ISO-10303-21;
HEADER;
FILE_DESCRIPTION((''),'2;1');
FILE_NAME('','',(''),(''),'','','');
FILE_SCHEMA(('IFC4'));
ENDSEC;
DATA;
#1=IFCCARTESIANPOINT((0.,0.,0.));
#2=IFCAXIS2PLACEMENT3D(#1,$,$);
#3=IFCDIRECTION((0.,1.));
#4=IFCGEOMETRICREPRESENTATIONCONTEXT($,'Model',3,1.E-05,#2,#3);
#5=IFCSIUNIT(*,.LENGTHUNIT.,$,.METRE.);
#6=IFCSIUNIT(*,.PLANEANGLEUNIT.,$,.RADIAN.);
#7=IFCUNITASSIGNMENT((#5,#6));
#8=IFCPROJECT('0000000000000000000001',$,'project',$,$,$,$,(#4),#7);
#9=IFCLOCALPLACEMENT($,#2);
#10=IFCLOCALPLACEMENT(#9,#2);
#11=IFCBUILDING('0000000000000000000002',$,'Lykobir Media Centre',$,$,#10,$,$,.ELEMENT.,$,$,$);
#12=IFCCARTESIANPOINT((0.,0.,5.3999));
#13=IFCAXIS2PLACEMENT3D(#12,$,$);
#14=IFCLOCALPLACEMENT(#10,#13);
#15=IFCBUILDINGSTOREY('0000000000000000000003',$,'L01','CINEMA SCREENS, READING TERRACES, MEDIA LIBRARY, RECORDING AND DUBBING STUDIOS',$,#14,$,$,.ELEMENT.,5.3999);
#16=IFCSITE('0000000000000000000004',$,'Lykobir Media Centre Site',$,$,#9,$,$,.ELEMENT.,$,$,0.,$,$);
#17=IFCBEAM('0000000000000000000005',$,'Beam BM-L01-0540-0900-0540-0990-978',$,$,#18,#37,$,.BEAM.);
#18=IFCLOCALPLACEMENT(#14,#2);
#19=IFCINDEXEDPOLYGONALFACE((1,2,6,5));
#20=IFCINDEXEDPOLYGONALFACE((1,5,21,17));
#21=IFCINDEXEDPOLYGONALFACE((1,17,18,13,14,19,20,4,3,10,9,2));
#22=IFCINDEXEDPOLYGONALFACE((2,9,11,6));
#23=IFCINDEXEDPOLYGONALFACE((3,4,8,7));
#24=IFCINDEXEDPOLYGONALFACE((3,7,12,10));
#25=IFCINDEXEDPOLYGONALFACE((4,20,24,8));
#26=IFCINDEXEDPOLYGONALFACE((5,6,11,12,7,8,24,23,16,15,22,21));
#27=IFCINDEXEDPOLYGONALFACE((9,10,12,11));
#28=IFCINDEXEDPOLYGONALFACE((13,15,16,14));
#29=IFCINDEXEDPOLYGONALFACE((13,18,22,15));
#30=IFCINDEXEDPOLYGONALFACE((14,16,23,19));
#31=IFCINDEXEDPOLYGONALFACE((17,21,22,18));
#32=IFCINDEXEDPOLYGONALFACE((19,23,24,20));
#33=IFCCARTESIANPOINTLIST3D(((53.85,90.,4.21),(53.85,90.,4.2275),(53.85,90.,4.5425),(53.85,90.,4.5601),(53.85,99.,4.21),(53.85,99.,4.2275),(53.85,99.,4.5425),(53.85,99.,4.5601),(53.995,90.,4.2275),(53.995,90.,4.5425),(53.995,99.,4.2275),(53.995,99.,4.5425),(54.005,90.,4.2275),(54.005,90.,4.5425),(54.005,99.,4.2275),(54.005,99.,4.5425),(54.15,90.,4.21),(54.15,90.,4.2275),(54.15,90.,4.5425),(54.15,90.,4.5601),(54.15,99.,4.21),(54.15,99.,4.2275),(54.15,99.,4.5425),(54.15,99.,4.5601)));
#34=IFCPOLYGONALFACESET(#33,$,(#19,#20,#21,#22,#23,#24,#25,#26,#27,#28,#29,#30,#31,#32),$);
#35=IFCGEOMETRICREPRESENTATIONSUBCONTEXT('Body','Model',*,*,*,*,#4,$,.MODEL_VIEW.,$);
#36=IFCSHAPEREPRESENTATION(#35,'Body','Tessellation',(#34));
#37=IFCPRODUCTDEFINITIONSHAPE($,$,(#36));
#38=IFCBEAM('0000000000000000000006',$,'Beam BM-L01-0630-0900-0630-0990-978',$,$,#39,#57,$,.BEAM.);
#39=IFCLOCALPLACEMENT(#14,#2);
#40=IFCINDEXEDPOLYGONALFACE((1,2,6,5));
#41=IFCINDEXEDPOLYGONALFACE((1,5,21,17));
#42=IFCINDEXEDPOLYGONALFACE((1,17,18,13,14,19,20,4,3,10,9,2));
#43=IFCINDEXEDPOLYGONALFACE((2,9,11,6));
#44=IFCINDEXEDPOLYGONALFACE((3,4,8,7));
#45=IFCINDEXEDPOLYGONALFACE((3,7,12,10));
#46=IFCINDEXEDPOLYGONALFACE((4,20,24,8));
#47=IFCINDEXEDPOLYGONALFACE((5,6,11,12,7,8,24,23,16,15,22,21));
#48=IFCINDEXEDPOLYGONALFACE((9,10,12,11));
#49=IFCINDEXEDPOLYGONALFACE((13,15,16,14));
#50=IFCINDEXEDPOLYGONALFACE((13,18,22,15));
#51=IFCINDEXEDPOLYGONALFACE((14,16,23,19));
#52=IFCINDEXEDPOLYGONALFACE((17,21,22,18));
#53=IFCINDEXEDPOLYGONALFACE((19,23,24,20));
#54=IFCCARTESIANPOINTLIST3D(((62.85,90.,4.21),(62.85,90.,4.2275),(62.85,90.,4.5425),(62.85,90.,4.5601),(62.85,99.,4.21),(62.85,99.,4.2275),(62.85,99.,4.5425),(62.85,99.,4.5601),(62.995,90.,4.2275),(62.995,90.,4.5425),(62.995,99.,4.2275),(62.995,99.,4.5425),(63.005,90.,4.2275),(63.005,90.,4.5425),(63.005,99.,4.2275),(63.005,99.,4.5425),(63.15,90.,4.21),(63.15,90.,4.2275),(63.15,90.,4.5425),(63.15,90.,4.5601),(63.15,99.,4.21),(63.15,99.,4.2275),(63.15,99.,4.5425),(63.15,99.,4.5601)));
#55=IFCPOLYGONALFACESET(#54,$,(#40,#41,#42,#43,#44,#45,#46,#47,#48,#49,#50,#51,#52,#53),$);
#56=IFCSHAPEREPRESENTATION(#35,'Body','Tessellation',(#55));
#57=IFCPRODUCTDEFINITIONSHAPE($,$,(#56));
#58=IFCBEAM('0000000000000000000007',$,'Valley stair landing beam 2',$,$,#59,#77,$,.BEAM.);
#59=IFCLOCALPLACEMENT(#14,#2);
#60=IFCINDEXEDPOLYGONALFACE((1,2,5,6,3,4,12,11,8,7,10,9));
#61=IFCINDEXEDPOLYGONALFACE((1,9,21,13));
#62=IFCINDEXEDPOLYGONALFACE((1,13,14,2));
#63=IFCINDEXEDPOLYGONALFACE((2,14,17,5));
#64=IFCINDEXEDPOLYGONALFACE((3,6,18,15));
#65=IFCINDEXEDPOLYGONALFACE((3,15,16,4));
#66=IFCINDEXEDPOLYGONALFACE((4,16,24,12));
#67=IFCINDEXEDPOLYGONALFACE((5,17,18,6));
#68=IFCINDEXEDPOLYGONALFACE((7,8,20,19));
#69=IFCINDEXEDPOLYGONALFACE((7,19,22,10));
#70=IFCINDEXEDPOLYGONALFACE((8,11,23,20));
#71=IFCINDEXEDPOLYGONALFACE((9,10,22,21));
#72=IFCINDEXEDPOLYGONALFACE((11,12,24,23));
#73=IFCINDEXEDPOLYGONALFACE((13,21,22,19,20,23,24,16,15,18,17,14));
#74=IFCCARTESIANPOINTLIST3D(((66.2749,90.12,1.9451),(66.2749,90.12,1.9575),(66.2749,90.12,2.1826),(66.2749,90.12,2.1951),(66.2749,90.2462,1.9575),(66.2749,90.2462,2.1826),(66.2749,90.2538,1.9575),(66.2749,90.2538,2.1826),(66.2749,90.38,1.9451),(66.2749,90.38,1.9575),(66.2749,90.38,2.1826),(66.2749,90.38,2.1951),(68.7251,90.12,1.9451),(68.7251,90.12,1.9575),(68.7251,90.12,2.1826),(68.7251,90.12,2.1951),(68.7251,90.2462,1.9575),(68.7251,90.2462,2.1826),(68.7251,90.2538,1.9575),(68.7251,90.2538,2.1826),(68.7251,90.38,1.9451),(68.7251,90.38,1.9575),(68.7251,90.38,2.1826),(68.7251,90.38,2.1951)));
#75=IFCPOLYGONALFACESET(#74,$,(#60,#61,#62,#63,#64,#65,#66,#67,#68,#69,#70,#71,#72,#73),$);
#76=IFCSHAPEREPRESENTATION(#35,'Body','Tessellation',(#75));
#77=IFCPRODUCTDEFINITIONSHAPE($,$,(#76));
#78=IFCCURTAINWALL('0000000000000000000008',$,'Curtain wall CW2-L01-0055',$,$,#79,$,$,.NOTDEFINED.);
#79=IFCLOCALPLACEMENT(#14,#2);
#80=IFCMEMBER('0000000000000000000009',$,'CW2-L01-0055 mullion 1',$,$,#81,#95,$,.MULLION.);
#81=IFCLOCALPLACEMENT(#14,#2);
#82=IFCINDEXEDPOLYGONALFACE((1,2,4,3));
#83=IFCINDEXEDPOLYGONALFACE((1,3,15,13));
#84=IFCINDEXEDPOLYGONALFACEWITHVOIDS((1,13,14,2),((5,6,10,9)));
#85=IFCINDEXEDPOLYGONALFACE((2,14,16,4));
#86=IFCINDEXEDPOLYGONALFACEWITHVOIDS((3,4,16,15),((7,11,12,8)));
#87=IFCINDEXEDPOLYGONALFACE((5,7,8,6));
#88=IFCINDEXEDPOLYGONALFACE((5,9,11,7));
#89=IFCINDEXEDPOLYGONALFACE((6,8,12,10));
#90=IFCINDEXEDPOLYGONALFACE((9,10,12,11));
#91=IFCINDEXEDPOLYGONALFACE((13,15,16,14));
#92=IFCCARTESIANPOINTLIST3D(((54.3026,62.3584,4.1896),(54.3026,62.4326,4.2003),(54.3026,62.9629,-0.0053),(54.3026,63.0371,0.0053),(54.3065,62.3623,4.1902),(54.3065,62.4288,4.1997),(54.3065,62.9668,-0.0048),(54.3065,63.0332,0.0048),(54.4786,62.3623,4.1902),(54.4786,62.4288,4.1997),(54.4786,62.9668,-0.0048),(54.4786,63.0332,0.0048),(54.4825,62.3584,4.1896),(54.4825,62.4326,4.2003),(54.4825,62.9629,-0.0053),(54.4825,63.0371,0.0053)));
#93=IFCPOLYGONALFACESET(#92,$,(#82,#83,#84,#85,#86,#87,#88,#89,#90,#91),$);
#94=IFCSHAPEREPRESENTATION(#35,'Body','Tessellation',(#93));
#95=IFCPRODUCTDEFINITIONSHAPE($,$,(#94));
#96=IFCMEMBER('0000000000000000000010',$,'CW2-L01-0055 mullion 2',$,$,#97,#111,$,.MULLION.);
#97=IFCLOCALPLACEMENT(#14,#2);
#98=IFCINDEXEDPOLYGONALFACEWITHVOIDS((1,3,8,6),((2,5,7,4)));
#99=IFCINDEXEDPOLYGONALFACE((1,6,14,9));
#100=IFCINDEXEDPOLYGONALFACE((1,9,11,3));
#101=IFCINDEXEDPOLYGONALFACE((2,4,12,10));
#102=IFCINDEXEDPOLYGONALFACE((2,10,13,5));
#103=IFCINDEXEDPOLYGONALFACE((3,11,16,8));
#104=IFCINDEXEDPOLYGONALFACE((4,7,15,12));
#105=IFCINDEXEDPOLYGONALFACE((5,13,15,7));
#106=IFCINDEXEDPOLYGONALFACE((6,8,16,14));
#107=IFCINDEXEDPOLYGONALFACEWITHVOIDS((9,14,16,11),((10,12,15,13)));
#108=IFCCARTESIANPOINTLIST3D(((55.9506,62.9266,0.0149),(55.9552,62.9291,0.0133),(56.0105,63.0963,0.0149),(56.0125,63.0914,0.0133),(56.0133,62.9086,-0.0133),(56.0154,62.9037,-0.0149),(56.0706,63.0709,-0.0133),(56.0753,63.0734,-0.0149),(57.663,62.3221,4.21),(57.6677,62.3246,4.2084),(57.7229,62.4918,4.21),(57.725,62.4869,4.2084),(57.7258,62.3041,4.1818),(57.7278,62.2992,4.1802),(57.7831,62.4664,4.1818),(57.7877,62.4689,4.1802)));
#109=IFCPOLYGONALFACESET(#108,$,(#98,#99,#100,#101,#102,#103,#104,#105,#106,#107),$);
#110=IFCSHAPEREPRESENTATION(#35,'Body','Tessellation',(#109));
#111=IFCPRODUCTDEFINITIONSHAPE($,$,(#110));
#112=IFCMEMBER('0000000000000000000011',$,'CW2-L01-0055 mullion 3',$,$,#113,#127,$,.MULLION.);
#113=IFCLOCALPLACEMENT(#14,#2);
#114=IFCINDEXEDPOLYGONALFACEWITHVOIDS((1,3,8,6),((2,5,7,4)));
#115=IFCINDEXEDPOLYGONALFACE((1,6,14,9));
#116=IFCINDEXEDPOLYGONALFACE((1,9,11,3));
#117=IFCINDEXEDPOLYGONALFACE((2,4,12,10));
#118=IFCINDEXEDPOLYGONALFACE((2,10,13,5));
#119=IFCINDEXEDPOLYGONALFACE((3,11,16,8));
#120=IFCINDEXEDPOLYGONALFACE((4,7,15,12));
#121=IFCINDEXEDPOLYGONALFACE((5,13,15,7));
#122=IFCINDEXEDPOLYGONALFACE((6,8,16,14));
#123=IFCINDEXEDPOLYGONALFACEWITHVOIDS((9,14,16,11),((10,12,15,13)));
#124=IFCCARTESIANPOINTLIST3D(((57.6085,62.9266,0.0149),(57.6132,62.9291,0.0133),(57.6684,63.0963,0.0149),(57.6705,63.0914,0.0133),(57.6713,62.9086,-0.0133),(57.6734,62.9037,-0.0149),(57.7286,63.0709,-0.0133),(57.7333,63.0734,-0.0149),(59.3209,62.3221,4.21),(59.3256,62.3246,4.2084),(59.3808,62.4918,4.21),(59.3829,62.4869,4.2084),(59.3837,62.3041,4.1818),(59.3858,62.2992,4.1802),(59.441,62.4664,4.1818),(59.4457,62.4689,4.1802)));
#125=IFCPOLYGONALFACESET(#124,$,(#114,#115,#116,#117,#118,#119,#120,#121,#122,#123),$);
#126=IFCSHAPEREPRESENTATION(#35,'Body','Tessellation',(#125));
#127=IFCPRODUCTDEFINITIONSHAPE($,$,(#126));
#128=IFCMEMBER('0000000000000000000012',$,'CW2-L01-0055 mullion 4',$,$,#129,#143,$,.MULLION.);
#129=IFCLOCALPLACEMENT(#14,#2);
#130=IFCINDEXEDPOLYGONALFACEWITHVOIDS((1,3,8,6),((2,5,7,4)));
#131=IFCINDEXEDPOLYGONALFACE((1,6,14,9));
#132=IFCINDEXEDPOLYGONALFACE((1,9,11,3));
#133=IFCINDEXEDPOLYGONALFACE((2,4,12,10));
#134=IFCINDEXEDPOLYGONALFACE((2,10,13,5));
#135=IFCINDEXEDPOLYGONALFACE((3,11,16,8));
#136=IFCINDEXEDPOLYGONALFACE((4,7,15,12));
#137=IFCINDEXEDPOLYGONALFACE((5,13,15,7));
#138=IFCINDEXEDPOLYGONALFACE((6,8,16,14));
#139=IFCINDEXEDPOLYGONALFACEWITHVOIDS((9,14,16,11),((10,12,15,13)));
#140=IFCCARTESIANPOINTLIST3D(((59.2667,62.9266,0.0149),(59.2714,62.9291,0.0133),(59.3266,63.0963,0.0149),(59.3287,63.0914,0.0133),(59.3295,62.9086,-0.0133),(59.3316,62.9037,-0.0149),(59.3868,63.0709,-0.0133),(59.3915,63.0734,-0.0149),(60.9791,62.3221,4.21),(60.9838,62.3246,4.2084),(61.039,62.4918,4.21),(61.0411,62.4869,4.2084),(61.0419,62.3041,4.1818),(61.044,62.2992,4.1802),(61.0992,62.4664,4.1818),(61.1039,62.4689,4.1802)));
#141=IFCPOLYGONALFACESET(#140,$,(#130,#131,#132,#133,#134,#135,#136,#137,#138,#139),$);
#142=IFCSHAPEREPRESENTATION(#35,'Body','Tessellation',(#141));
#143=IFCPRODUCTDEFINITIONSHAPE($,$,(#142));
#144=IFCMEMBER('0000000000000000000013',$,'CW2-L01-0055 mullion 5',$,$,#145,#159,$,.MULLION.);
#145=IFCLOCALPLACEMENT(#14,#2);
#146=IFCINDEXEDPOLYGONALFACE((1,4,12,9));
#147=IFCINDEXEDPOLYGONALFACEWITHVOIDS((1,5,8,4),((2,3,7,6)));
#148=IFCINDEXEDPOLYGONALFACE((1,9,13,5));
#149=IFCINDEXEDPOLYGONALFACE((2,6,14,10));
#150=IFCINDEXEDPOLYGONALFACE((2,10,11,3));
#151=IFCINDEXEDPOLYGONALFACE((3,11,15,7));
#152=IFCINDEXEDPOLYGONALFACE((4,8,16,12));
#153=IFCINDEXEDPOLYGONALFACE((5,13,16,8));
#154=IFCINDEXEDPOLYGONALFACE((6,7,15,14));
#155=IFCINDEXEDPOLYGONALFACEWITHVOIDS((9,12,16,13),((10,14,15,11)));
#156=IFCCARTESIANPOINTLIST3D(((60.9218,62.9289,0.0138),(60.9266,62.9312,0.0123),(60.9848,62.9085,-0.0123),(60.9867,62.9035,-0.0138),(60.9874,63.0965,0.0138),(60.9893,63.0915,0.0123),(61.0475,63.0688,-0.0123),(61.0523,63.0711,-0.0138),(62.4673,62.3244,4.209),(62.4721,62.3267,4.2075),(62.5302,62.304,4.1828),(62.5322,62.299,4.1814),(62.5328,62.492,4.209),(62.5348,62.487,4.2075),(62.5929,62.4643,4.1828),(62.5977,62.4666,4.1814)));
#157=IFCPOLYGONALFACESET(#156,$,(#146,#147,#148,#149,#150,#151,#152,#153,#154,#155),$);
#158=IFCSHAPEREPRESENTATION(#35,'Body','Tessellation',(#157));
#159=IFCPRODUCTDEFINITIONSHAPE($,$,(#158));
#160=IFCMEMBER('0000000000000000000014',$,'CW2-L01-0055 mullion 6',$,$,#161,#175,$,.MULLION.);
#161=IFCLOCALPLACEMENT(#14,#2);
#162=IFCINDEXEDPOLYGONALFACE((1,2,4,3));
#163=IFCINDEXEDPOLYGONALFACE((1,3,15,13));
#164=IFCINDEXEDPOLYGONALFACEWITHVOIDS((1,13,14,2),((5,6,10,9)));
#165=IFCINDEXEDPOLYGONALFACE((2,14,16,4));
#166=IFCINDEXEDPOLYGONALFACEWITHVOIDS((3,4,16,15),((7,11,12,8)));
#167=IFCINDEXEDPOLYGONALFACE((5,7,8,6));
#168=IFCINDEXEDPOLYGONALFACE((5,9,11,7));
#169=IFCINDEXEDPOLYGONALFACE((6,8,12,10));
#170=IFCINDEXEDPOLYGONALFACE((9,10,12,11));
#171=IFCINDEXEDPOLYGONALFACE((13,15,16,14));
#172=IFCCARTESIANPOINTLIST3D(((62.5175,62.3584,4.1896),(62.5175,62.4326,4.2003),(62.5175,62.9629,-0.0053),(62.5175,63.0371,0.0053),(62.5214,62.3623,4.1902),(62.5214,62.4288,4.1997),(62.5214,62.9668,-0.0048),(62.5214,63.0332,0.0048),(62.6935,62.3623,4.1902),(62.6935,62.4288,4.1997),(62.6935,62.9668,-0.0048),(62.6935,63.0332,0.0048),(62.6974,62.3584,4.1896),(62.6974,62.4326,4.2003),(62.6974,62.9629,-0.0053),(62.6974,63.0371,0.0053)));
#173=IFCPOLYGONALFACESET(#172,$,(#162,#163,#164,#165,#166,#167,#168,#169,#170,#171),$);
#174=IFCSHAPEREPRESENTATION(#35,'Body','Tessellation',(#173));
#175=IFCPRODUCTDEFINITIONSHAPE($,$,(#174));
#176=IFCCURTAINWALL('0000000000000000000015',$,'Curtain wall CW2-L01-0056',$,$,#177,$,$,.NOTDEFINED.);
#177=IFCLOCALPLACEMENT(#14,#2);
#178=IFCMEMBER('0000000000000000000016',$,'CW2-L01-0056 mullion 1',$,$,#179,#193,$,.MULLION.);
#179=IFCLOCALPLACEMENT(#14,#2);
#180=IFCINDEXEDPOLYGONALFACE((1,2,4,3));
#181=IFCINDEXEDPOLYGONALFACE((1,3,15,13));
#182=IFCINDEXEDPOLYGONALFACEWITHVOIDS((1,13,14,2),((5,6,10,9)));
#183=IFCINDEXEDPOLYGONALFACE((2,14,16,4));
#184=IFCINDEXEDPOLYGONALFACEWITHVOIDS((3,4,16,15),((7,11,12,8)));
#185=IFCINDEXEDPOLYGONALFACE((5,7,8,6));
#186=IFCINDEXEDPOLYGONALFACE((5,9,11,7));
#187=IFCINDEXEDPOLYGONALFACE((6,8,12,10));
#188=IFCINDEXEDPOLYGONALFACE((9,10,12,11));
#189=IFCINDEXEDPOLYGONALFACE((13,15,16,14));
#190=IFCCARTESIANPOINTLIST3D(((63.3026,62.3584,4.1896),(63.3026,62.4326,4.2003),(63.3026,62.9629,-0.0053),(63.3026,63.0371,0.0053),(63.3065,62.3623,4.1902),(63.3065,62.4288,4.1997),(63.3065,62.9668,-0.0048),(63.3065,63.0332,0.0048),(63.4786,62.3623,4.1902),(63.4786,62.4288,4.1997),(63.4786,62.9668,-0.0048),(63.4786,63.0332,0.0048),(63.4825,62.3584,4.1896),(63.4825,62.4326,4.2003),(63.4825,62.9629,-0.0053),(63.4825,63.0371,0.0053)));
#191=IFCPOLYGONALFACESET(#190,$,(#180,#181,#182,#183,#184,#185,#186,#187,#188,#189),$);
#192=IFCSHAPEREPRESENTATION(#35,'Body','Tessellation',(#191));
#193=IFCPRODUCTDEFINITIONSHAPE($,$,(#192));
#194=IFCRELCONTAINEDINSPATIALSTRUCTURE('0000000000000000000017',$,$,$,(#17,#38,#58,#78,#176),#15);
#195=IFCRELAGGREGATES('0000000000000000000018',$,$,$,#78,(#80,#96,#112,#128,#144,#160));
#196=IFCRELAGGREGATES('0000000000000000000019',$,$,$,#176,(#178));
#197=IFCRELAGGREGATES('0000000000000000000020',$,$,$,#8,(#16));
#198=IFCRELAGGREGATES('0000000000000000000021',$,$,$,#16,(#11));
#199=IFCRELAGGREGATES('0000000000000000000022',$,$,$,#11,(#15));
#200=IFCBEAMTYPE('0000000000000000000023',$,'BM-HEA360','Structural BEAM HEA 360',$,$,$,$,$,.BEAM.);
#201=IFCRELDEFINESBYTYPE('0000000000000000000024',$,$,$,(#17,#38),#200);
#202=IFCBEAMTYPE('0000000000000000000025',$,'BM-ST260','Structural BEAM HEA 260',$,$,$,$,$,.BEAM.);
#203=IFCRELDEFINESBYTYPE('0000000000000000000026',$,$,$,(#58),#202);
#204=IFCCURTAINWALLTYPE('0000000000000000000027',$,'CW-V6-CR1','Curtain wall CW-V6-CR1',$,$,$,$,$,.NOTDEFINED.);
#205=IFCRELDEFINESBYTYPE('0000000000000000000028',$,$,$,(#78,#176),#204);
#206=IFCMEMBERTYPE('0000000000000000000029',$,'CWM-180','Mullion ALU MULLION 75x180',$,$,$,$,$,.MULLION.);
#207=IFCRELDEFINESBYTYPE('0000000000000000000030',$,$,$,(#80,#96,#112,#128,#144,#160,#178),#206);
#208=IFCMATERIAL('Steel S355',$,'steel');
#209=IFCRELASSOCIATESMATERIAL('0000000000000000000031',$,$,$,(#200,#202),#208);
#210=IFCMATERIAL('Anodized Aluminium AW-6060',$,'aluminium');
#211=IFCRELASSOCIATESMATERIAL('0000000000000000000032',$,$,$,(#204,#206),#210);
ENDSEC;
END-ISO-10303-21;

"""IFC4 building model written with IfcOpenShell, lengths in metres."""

from ifc_helpers import new_model, si_unit, direction, frame, origin, origin_2d, place, context, subcontext, project, spatial, hollow_rectangle, i_section, extrude, material, material_profile, profile_set, type_object, element, aggregate, save


model = new_model("IFC4")

# Units and contexts
model_context = context("Model", 3, precision=1e-05, world=origin(), true_north=direction((0.0, 1.0)))
body_context = subcontext(model_context, "Body", "Model", "MODEL_VIEW")
ifc_project = project(units=[si_unit("LENGTHUNIT", "METRE"), si_unit("PLANEANGLEUNIT", "RADIAN")], contexts=[model_context])

# Site, building, storey
site_placement = place(None, origin())
site = spatial("IfcSite", under=ifc_project, at=site_placement, Name="Lykobir Media Centre Site", CompositionType="ELEMENT", RefElevation=0.0)
building_placement = place(site_placement, origin())
building = spatial("IfcBuilding", under=site, at=building_placement, Name="Lykobir Media Centre", CompositionType="ELEMENT")
storey_placement = place(building_placement, frame((0.0, 0.0, 5.3999)))
storey = spatial("IfcBuildingStorey", under=building, at=storey_placement, Name="L01", Description="CINEMA SCREENS, READING TERRACES, MEDIA LIBRARY, RECORDING AND DUBBING STUDIOS", CompositionType="ELEMENT", Elevation=5.3999)

# Shared definitions
ifc_material_1 = material(Name="Steel S355", Category="steel")

# Beams
ifc_material_profile_1 = material_profile(ifc_material_1, i_section(OverallWidth=0.3, OverallDepth=0.3501, WebThickness=0.01, FlangeThickness=0.0176, at=origin_2d()), Name="HEA 360")
ifc_profile_set_1 = profile_set([ifc_material_profile_1], Name="Steel S355")
beam_type_1 = type_object("IfcBeamType", Name="BM-HEA360", Description="Structural BEAM HEA 360", PredefinedType="BEAM", material=ifc_profile_set_1)
for number, where, z_axis, x_axis, name in (
    (1, (54.0, 90.0, 4.385), (0.0, 1.0, 0.0), (-1.0, 0.0, 0.0), "Beam BM-L01-0540-0900-0540-0990-978"),
    (2, (63.0, 90.0, 4.385), (0.0, 1.0, 0.0), (-1.0, 0.0, 0.0), "Beam BM-L01-0630-0900-0630-0990-978"),
):
    element("IfcBeam", number, at=place(storey_placement, frame(where, z_axis=z_axis, x_axis=x_axis)), inside=storey, type_object=beam_type_1, Name=name, PredefinedType="BEAM", context=body_context, shape_type="SweptSolid", body=[
        extrude(i_section(OverallWidth=0.3, OverallDepth=0.3501, WebThickness=0.01, FlangeThickness=0.0176, at=origin_2d()), origin(), (0.0, 0.0, 1.0), 9.0),
    ])
ifc_material_profile_2 = material_profile(ifc_material_1, i_section(OverallWidth=0.26, OverallDepth=0.25, WebThickness=0.0076, FlangeThickness=0.0125, at=origin_2d()), Name="HEA 260")
ifc_profile_set_2 = profile_set([ifc_material_profile_2], Name="Steel S355")
beam_type_2 = type_object("IfcBeamType", Name="BM-ST260", Description="Structural BEAM HEA 260", PredefinedType="BEAM", material=ifc_profile_set_2)
beam_placement = place(storey_placement, frame((66.2749, 90.25, 2.0701), z_axis=(1.0, 0.0, 0.0), x_axis=(0.0, 1.0, 0.0)))
element("IfcBeam", 3, at=beam_placement, inside=storey, type_object=beam_type_2, Name="Valley stair landing beam 2", PredefinedType="BEAM", context=body_context, shape_type="SweptSolid", body=[
    extrude(i_section(OverallWidth=0.26, OverallDepth=0.25, WebThickness=0.0076, FlangeThickness=0.0125, at=origin_2d()), origin(), (0.0, 0.0, 1.0), 2.4502),
])

# Curtain walls, members
ifc_material_2 = material(Name="Anodized Aluminium AW-6060", Category="aluminium")
curtain_wall_type = type_object("IfcCurtainWallType", Name="CW-V6-CR1", Description="Curtain wall CW-V6-CR1", PredefinedType="NOTDEFINED", material=ifc_material_2)
curtain_wall_1_placement = place(storey_placement, origin())
curtain_wall_1 = element("IfcCurtainWall", 4, at=curtain_wall_1_placement, inside=storey, type_object=curtain_wall_type, Name="Curtain wall CW2-L01-0055", PredefinedType="NOTDEFINED")
ifc_material_profile_3 = material_profile(ifc_material_2, hollow_rectangle(XDim=0.075, YDim=0.1799, WallThickness=0.0039, at=origin_2d()), Name="ALU MULLION 75x180")
ifc_profile_set_3 = profile_set([ifc_material_profile_3], Name="Anodized Aluminium AW-6060")
member_type = type_object("IfcMemberType", Name="CWM-180", Description="Mullion ALU MULLION 75x180", PredefinedType="MULLION", material=ifc_profile_set_3)
member_1_placement = place(storey_placement, frame((54.3926, 63.0, 0.0), z_axis=(0.0, -0.142623, 0.989777), x_axis=(0.0, 0.989777, 0.142623)))
member_1 = element("IfcMember", 5, at=member_1_placement, type_object=member_type, Name="CW2-L01-0055 mullion 1", PredefinedType="MULLION", context=body_context, shape_type="SweptSolid", body=[
    extrude(hollow_rectangle(XDim=0.075, YDim=0.1799, WallThickness=0.0039, at=origin_2d()), origin(), (0.0, 0.0, 1.0), 4.2383),
])
member_2_placement = place(storey_placement, frame((56.0129, 63.0, 0.0), z_axis=(0.374603, -0.132238, 0.917707), x_axis=(-0.865371, 0.305483, 0.397258)))
member_2 = element("IfcMember", 6, at=member_2_placement, type_object=member_type, Name="CW2-L01-0055 mullion 2", PredefinedType="MULLION", context=body_context, shape_type="SweptSolid", body=[
    extrude(hollow_rectangle(XDim=0.075, YDim=0.1799, WallThickness=0.0039, at=origin_2d()), origin(), (0.0, 0.0, 1.0), 4.5713),
])
member_3_placement = place(storey_placement, frame((57.6709, 63.0, 0.0), z_axis=(0.374603, -0.132238, 0.917707), x_axis=(-0.865371, 0.305483, 0.397258)))
member_3 = element("IfcMember", 7, at=member_3_placement, type_object=member_type, Name="CW2-L01-0055 mullion 3", PredefinedType="MULLION", context=body_context, shape_type="SweptSolid", body=[
    extrude(hollow_rectangle(XDim=0.075, YDim=0.1799, WallThickness=0.0039, at=origin_2d()), origin(), (0.0, 0.0, 1.0), 4.5713),
])
member_4_placement = place(storey_placement, frame((59.3291, 63.0, 0.0), z_axis=(0.374603, -0.132238, 0.917707), x_axis=(-0.865371, 0.305483, 0.397258)))
member_4 = element("IfcMember", 8, at=member_4_placement, type_object=member_type, Name="CW2-L01-0055 mullion 4", PredefinedType="MULLION", context=body_context, shape_type="SweptSolid", body=[
    extrude(hollow_rectangle(XDim=0.075, YDim=0.1799, WallThickness=0.0039, at=origin_2d()), origin(), (0.0, 0.0, 1.0), 4.5713),
])
member_5_placement = place(storey_placement, frame((60.9871, 63.0, 0.0), z_axis=(0.34256, -0.133994, 0.929891), x_axis=(-0.865999, 0.338738, 0.367834)))
member_5 = element("IfcMember", 9, at=member_5_placement, type_object=member_type, Name="CW2-L01-0055 mullion 5", PredefinedType="MULLION", context=body_context, shape_type="SweptSolid", body=[
    extrude(hollow_rectangle(XDim=0.075, YDim=0.1799, WallThickness=0.0039, at=origin_2d()), origin(), (0.0, 0.0, 1.0), 4.5115),
])
member_6_placement = place(storey_placement, frame((62.6074, 63.0, 0.0), z_axis=(0.0, -0.142623, 0.989777), x_axis=(0.0, 0.989777, 0.142623)))
member_6 = element("IfcMember", 10, at=member_6_placement, type_object=member_type, Name="CW2-L01-0055 mullion 6", PredefinedType="MULLION", context=body_context, shape_type="SweptSolid", body=[
    extrude(hollow_rectangle(XDim=0.075, YDim=0.1799, WallThickness=0.0039, at=origin_2d()), origin(), (0.0, 0.0, 1.0), 4.2383),
])
aggregate(curtain_wall_1, [member_1, member_2, member_3, member_4, member_5, member_6])
curtain_wall_2_placement = place(storey_placement, origin())
curtain_wall_2 = element("IfcCurtainWall", 11, at=curtain_wall_2_placement, inside=storey, type_object=curtain_wall_type, Name="Curtain wall CW2-L01-0056", PredefinedType="NOTDEFINED")
member_7_placement = place(storey_placement, frame((63.3926, 63.0, 0.0), z_axis=(0.0, -0.142623, 0.989777), x_axis=(0.0, 0.989777, 0.142623)))
member_7 = element("IfcMember", 12, at=member_7_placement, type_object=member_type, Name="CW2-L01-0056 mullion 1", PredefinedType="MULLION", context=body_context, shape_type="SweptSolid", body=[
    extrude(hollow_rectangle(XDim=0.075, YDim=0.1799, WallThickness=0.0039, at=origin_2d()), origin(), (0.0, 0.0, 1.0), 4.2383),
])
aggregate(curtain_wall_2, [member_7])

save(model, "model.ifc")
